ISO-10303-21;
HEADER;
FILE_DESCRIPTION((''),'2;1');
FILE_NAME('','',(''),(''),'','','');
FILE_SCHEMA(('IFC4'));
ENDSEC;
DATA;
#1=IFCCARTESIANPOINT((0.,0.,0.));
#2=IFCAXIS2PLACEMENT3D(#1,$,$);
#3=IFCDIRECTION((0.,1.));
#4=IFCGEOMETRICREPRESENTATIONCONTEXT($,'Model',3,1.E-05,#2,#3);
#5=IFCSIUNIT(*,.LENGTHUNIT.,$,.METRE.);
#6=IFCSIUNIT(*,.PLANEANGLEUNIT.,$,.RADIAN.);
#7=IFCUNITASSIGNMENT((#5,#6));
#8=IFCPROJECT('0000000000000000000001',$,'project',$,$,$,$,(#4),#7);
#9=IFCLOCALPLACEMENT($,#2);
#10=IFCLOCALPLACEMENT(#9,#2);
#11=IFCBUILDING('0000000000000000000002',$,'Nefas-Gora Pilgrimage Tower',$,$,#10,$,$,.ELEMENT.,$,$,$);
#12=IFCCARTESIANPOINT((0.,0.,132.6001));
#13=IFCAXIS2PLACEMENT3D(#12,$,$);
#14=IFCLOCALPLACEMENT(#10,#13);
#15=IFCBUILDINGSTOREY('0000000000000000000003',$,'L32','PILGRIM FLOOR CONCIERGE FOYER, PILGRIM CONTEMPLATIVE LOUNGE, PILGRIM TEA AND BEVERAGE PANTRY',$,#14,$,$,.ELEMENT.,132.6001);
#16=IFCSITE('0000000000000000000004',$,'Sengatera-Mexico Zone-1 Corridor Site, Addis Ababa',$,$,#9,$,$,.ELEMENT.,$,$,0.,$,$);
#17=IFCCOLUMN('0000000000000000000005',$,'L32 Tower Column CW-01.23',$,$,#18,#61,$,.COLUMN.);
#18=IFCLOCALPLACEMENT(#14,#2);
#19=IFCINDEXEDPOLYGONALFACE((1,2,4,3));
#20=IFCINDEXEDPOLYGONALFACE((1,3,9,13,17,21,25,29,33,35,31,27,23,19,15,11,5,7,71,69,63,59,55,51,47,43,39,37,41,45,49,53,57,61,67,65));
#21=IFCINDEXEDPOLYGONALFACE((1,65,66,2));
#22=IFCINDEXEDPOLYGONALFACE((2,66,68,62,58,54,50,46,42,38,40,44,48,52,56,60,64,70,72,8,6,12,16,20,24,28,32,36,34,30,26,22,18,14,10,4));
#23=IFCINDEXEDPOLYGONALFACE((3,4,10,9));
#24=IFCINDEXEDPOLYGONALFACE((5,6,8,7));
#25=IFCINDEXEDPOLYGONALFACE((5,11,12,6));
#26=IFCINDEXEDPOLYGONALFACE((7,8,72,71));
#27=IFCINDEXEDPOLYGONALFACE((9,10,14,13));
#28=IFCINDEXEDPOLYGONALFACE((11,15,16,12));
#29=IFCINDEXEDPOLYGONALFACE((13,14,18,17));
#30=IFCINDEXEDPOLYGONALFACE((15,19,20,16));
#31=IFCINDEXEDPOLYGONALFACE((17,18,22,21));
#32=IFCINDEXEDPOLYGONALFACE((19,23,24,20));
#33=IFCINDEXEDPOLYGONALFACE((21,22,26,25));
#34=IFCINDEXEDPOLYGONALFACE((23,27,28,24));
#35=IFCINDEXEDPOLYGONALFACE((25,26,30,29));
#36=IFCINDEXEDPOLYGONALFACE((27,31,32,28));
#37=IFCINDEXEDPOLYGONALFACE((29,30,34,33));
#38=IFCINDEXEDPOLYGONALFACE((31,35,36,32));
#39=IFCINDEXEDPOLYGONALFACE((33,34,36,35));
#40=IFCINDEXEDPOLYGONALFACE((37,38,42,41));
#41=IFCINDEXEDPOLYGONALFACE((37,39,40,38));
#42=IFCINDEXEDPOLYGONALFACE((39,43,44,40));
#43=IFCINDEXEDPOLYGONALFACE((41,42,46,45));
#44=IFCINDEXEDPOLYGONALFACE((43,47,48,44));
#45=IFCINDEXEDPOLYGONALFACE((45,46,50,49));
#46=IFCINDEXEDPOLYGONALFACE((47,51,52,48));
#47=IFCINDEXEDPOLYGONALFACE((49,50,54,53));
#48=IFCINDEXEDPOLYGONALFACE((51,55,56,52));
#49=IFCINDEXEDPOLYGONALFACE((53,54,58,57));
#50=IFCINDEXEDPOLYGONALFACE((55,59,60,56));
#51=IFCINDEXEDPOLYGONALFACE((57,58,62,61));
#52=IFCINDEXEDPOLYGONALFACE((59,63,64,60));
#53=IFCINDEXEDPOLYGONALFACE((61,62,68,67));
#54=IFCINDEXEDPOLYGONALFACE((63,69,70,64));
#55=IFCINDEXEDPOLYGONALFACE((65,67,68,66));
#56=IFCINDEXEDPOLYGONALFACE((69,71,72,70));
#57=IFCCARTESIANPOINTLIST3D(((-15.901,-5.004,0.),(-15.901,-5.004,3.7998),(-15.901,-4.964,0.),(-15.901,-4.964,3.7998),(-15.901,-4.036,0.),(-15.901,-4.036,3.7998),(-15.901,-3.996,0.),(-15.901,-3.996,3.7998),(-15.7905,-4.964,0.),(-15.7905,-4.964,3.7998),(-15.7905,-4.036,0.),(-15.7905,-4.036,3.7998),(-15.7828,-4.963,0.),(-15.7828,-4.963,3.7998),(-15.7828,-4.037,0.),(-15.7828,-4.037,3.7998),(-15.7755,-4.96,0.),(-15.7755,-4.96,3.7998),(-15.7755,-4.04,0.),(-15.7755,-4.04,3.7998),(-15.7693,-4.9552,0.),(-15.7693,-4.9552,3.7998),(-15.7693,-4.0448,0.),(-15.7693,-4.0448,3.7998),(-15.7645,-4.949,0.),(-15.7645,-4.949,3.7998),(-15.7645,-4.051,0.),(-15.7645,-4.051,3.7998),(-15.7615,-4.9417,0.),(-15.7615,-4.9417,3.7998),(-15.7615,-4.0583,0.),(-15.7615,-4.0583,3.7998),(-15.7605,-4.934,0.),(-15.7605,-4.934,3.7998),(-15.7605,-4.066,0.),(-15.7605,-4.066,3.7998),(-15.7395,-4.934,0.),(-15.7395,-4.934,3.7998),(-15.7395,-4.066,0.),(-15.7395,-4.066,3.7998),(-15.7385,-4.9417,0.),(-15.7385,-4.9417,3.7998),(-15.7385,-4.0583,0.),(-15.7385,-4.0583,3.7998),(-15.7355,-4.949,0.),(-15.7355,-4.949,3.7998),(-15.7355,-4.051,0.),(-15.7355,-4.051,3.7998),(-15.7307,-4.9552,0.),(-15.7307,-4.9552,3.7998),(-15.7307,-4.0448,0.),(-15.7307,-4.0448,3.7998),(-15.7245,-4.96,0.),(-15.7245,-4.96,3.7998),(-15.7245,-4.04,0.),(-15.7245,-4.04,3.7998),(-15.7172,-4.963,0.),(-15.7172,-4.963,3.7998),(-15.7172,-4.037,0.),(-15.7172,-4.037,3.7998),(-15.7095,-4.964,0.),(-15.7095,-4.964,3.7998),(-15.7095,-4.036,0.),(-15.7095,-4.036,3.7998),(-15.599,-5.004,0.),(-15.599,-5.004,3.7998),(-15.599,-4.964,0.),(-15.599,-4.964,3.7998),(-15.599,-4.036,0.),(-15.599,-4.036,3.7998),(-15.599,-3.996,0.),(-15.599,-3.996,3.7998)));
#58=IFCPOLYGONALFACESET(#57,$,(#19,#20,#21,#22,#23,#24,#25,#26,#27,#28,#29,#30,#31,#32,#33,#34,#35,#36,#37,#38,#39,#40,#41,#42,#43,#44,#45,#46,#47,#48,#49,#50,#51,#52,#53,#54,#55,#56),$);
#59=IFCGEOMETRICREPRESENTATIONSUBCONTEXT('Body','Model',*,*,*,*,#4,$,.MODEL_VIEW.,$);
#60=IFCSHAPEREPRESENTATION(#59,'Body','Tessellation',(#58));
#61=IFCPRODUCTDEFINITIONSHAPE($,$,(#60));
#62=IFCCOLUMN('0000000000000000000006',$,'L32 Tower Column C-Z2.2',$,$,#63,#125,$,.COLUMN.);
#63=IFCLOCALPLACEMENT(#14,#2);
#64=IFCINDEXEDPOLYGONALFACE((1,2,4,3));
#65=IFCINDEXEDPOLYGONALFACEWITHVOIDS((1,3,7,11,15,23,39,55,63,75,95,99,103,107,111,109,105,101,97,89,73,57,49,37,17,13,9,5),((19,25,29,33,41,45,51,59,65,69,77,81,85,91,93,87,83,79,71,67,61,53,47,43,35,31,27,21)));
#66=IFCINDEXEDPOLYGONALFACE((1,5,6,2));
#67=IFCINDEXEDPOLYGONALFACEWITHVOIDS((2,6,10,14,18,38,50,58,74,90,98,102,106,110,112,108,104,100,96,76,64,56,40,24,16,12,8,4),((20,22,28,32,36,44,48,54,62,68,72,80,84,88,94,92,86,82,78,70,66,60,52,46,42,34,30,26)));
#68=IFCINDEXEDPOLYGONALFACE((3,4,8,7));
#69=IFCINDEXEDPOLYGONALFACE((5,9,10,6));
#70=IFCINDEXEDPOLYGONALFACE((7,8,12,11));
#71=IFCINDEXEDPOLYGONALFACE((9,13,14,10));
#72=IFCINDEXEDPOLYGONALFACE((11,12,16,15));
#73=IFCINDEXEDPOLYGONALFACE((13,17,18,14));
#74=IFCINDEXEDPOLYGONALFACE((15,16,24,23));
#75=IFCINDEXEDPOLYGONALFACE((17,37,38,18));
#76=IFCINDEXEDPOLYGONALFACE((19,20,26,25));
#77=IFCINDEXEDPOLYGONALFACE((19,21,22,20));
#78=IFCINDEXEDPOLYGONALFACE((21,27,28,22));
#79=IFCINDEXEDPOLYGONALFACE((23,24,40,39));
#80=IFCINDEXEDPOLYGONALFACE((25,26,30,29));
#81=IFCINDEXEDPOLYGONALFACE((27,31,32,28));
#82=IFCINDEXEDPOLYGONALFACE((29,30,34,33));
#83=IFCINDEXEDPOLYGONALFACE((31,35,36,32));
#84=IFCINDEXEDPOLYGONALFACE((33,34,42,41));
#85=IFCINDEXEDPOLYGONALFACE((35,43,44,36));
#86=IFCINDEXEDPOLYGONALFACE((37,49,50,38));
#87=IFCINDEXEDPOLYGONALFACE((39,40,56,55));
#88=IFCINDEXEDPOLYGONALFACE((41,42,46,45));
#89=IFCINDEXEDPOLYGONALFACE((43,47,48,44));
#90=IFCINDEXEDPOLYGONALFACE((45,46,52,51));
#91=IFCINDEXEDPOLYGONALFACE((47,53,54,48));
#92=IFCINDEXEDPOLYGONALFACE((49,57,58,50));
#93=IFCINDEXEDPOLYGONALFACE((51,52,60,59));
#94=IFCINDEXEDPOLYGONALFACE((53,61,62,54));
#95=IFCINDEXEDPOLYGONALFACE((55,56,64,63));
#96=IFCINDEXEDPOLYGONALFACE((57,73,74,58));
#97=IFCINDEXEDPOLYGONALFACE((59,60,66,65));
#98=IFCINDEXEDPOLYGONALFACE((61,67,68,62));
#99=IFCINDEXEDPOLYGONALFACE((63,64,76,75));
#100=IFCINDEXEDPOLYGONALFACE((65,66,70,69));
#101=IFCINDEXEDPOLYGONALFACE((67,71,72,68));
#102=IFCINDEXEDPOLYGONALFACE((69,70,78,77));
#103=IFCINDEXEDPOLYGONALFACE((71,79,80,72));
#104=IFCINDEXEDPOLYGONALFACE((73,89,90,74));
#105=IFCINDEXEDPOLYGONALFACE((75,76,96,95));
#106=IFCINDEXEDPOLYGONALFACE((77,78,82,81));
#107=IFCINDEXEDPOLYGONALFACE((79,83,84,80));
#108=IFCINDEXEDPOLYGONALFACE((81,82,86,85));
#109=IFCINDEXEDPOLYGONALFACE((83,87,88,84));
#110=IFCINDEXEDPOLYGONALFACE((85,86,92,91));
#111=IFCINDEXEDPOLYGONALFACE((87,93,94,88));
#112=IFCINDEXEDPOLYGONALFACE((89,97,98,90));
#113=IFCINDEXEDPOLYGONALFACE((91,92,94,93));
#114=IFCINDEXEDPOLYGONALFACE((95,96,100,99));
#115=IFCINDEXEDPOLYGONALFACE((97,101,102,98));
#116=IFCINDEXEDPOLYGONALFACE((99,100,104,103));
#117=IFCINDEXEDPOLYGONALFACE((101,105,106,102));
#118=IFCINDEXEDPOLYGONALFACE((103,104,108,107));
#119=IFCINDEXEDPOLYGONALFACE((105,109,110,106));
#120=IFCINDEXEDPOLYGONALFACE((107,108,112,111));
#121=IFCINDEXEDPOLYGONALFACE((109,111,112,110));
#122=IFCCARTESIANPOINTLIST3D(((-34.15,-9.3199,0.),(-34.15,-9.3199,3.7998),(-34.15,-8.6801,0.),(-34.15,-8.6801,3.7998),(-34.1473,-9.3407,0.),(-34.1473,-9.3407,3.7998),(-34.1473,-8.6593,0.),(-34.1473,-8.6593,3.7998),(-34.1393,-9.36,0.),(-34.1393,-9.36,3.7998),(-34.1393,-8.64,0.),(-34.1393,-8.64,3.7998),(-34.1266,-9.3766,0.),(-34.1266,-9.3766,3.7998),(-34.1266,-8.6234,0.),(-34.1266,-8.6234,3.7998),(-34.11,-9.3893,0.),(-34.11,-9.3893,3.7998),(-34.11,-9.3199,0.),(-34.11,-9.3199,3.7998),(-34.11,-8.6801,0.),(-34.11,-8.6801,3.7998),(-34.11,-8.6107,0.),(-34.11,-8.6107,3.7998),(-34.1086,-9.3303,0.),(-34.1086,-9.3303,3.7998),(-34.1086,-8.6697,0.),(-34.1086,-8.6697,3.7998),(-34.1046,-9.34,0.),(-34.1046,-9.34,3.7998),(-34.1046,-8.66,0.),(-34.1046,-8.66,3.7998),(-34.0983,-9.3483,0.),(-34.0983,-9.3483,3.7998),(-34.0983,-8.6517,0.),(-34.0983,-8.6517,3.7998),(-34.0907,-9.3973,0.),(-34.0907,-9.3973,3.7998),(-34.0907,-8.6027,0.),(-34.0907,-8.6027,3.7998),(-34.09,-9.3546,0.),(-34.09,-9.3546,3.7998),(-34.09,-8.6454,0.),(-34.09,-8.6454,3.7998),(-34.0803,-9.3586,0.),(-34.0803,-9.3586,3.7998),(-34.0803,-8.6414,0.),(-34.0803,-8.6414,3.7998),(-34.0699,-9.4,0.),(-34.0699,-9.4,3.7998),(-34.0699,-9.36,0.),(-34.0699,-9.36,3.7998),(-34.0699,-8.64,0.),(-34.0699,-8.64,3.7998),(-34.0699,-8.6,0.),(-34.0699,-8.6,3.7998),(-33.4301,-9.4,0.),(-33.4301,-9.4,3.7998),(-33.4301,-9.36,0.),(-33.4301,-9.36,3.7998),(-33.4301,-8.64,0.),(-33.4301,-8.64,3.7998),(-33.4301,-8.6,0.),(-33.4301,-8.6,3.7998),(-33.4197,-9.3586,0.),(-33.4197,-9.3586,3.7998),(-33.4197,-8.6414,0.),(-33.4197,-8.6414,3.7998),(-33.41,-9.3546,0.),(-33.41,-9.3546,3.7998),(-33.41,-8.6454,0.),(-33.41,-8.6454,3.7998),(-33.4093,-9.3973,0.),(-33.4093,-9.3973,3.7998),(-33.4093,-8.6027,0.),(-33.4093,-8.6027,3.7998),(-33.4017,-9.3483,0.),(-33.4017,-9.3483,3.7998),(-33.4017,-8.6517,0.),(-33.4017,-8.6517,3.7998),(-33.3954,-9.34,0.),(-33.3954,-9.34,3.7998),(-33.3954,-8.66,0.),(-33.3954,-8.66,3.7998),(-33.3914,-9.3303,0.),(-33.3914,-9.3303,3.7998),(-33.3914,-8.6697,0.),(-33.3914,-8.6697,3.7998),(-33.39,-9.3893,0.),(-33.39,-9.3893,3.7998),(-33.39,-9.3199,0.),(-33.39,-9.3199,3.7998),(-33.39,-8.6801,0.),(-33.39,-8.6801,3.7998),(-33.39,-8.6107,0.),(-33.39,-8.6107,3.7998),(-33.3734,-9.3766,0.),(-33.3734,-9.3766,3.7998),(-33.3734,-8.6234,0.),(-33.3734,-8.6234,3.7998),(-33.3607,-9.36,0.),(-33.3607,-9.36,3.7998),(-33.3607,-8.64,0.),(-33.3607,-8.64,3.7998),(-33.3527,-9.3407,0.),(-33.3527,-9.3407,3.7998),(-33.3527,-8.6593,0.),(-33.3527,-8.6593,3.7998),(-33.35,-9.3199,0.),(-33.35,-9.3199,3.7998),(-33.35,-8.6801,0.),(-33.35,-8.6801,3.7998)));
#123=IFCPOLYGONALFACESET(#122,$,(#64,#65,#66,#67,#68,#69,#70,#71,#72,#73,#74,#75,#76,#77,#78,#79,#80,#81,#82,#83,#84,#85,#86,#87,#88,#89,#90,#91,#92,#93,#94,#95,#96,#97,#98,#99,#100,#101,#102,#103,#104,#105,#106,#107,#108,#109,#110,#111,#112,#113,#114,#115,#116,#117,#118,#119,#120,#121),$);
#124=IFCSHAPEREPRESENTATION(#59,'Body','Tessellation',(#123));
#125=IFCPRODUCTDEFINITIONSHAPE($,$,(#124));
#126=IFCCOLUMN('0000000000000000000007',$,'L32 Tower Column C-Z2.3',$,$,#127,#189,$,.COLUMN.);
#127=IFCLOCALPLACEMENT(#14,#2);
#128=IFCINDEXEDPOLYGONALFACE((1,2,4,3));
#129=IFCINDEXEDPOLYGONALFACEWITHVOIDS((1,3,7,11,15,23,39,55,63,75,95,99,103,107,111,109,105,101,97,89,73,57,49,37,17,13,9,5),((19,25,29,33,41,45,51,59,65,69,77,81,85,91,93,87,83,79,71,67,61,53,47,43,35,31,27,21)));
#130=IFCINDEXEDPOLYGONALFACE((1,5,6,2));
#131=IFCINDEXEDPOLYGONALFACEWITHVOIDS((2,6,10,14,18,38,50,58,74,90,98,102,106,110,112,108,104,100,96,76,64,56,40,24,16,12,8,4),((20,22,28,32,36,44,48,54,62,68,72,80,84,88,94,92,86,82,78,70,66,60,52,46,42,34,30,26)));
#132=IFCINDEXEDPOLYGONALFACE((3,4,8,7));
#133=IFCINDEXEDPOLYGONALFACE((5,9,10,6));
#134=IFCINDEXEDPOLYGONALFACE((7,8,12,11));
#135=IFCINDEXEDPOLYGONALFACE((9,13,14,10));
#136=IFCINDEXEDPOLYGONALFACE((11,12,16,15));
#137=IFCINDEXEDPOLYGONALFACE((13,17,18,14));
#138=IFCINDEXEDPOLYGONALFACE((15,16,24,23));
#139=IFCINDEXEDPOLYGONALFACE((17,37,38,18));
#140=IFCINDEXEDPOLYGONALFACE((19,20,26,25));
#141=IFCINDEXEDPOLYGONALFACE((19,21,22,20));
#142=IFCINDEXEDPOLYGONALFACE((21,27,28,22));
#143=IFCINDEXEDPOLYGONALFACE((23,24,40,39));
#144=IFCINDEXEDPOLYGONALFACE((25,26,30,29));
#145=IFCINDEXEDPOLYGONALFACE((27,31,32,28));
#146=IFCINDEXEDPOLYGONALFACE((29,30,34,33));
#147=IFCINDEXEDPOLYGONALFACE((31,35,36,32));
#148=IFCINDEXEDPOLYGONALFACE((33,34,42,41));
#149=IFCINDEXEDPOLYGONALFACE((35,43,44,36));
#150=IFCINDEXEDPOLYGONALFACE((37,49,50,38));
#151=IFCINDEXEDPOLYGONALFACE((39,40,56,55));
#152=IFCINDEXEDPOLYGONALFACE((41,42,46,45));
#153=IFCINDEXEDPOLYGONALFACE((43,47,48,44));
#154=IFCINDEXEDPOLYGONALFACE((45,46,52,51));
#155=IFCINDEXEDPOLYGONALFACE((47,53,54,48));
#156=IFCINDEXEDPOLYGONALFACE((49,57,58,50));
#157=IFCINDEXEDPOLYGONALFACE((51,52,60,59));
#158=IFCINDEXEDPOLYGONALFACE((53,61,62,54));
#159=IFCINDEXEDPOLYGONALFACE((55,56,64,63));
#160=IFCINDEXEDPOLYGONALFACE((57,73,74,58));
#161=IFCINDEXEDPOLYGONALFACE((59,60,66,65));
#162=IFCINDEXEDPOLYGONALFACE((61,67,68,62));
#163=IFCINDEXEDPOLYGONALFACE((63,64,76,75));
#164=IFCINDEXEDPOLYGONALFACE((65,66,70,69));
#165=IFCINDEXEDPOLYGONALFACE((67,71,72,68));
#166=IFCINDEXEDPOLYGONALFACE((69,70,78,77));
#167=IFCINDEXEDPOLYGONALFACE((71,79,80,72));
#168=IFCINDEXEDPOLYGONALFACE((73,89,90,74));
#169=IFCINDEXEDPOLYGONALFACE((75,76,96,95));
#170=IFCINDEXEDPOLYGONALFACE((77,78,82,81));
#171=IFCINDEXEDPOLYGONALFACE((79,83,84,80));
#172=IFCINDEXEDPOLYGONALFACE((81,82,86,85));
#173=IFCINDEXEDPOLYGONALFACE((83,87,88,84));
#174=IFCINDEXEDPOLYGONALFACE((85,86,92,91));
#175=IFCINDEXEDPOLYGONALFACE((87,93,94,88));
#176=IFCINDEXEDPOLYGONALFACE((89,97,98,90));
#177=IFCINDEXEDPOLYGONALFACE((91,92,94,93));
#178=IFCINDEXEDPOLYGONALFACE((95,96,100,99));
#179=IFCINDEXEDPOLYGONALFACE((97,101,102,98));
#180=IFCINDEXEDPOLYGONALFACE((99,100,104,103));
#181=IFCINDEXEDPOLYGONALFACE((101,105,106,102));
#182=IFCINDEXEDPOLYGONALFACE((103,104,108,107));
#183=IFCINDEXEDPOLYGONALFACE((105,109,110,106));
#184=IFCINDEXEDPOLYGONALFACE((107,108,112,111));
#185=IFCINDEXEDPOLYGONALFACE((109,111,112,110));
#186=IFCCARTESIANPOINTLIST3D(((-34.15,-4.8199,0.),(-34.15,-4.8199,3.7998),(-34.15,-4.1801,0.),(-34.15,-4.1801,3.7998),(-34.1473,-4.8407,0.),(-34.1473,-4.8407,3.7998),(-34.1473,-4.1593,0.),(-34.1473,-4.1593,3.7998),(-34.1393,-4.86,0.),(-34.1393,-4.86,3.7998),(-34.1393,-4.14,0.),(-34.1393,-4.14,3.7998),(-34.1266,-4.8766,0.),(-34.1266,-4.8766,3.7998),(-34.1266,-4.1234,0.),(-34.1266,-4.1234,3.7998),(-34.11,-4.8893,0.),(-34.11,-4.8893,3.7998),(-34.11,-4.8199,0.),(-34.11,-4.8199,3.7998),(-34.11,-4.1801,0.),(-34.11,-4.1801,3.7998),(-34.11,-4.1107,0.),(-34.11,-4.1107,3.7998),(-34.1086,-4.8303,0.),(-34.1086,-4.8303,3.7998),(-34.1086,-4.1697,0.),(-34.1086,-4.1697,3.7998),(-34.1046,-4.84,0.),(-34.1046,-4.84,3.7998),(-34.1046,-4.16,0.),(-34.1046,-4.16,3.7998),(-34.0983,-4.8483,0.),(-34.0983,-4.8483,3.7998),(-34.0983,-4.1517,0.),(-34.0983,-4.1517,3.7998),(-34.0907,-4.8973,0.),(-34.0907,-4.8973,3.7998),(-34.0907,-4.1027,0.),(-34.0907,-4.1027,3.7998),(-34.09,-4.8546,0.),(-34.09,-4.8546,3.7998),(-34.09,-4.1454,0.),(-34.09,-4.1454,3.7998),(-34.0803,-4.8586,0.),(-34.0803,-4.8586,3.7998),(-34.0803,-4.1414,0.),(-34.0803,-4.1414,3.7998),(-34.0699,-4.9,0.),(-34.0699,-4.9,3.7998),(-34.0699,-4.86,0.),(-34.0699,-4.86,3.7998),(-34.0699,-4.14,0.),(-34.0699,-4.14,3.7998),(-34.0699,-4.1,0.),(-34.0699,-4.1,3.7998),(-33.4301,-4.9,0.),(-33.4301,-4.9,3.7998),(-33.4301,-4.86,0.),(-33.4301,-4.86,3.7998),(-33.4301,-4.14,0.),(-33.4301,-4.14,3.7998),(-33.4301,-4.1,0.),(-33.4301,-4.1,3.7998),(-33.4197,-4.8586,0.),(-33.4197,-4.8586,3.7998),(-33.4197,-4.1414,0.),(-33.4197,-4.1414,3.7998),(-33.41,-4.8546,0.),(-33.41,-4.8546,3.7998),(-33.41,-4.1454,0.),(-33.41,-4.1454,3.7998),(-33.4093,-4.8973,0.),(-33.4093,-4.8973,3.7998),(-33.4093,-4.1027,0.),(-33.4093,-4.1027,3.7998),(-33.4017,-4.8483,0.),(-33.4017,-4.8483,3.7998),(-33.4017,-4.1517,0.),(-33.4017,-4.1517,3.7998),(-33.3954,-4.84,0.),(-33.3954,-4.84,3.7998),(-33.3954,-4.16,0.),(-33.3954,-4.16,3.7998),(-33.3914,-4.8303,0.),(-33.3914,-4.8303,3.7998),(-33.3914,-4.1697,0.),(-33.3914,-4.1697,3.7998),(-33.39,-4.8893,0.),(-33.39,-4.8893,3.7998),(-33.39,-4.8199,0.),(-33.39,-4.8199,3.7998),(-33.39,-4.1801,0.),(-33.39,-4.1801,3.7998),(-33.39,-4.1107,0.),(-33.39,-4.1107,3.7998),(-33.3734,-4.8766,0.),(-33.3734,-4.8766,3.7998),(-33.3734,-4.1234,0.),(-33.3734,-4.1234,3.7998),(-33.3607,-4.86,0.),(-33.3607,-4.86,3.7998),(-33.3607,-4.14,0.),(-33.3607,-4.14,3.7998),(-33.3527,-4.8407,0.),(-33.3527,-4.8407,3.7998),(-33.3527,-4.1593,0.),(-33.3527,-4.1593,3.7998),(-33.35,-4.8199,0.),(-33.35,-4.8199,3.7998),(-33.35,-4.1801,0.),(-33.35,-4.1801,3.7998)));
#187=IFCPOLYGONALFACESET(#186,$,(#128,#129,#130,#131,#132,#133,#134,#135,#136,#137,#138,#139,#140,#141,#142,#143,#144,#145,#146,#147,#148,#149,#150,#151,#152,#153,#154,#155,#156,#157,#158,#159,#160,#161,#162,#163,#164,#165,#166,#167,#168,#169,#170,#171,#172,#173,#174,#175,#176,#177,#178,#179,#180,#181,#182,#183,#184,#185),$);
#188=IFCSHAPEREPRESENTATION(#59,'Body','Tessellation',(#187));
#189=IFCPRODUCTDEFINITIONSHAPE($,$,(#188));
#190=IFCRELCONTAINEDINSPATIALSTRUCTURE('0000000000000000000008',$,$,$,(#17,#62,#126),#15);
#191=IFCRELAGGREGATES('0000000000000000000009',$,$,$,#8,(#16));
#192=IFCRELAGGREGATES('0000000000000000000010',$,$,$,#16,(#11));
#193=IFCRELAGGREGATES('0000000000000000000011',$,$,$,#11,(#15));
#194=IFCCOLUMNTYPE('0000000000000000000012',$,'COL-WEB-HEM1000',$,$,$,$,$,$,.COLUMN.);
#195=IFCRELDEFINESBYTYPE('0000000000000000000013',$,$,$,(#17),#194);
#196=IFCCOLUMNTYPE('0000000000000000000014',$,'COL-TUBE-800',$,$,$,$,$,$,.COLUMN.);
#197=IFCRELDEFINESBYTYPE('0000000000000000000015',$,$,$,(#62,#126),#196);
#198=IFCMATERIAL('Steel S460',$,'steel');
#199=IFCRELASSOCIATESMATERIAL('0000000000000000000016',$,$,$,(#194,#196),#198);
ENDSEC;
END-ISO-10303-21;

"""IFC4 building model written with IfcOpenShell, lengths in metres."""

from ifc_helpers import new_model, si_unit, direction, frame, origin, origin_2d, place, context, subcontext, project, spatial, hollow_rectangle, i_section, extrude, source, transform, mapped, material, material_profile, profile_set, type_object, element, save


model = new_model("IFC4")

# Units and contexts
model_context = context("Model", 3, precision=1e-05, world=origin(), true_north=direction((0.0, 1.0)))
body_context = subcontext(model_context, "Body", "Model", "MODEL_VIEW")
ifc_project = project(units=[si_unit("LENGTHUNIT", "METRE"), si_unit("PLANEANGLEUNIT", "RADIAN")], contexts=[model_context])

# Site, building, storey
site_placement = place(None, origin())
site = spatial("IfcSite", under=ifc_project, at=site_placement, Name="Sengatera-Mexico Zone-1 Corridor Site, Addis Ababa", CompositionType="ELEMENT", RefElevation=0.0)
building_placement = place(site_placement, origin())
building = spatial("IfcBuilding", under=site, at=building_placement, Name="Nefas-Gora Pilgrimage Tower", CompositionType="ELEMENT")
storey_placement = place(building_placement, frame((0.0, 0.0, 132.6001)))
storey = spatial("IfcBuildingStorey", under=building, at=storey_placement, Name="L32", Description="PILGRIM FLOOR CONCIERGE FOYER, PILGRIM CONTEMPLATIVE LOUNGE, PILGRIM TEA AND BEVERAGE PANTRY", CompositionType="ELEMENT", Elevation=132.6001)

# Columns
ifc_material_1 = material(Name="Steel S460", Category="steel")
ifc_material_profile_1 = material_profile(ifc_material_1, i_section(OverallWidth=0.302, OverallDepth=1.0081, WebThickness=0.021, FlangeThickness=0.04, FilletRadius=0.03, at=origin_2d()), Name="HEM 1000")
ifc_profile_set_1 = profile_set([ifc_material_profile_1], Name="Steel S460")
column_type_1 = type_object("IfcColumnType", Name="COL-WEB-HEM1000", PredefinedType="COLUMN", material=ifc_profile_set_1)
shared_shape_1 = source(origin(), body_context, "Body", "SweptSolid", [
    extrude(i_section(OverallWidth=0.302, OverallDepth=1.0081, WebThickness=0.021, FlangeThickness=0.04, FilletRadius=0.03, at=origin_2d()), origin(), (0.0, 0.0, 1.0), 3.7998),
])
for number, where, z_axis, x_axis, name in (
    (1, (-15.75, -4.5, 0.0), (0.0, 0.0, 1.0), (1.0, 0.0, 0.0), "L32 Tower Column CW-01.23"),
):
    element("IfcColumn", number, at=place(storey_placement, frame(where, z_axis=z_axis, x_axis=x_axis)), inside=storey, type_object=column_type_1, Name=name, PredefinedType="COLUMN", context=body_context, shape_type="MappedRepresentation", body=[
        mapped(shared_shape_1, transform((0.0, 0.0, 0.0), x_axis=(1.0, 0.0, 0.0), y_axis=(0.0, 1.0, 0.0), z_axis=(0.0, 0.0, 1.0), scale=1.0)),
    ])
ifc_material_profile_2 = material_profile(ifc_material_1, hollow_rectangle(XDim=0.8, YDim=0.8, WallThickness=0.04, InnerFilletRadius=0.04, OuterFilletRadius=0.0801, at=origin_2d()), Name="BOX 800x800x40")
ifc_profile_set_2 = profile_set([ifc_material_profile_2], Name="Steel S460")
column_type_2 = type_object("IfcColumnType", Name="COL-TUBE-800", PredefinedType="COLUMN", material=ifc_profile_set_2)
shared_shape_2 = source(origin(), body_context, "Body", "SweptSolid", [
    extrude(hollow_rectangle(XDim=0.8, YDim=0.8, WallThickness=0.04, InnerFilletRadius=0.04, OuterFilletRadius=0.0801, at=origin_2d()), origin(), (0.0, 0.0, 1.0), 3.7998),
])
for number, where, z_axis, x_axis, name in (
    (2, (-33.75, -9.0, 0.0), (0.0, 0.0, 1.0), (1.0, 0.0, 0.0), "L32 Tower Column C-Z2.2"),
    (3, (-33.75, -4.5, 0.0), (0.0, 0.0, 1.0), (1.0, 0.0, 0.0), "L32 Tower Column C-Z2.3"),
):
    element("IfcColumn", number, at=place(storey_placement, frame(where, z_axis=z_axis, x_axis=x_axis)), inside=storey, type_object=column_type_2, Name=name, PredefinedType="COLUMN", context=body_context, shape_type="MappedRepresentation", body=[
        mapped(shared_shape_2, transform((0.0, 0.0, 0.0), x_axis=(1.0, 0.0, 0.0), y_axis=(0.0, 1.0, 0.0), z_axis=(0.0, 0.0, 1.0), scale=1.0)),
    ])

save(model, "model.ifc")
